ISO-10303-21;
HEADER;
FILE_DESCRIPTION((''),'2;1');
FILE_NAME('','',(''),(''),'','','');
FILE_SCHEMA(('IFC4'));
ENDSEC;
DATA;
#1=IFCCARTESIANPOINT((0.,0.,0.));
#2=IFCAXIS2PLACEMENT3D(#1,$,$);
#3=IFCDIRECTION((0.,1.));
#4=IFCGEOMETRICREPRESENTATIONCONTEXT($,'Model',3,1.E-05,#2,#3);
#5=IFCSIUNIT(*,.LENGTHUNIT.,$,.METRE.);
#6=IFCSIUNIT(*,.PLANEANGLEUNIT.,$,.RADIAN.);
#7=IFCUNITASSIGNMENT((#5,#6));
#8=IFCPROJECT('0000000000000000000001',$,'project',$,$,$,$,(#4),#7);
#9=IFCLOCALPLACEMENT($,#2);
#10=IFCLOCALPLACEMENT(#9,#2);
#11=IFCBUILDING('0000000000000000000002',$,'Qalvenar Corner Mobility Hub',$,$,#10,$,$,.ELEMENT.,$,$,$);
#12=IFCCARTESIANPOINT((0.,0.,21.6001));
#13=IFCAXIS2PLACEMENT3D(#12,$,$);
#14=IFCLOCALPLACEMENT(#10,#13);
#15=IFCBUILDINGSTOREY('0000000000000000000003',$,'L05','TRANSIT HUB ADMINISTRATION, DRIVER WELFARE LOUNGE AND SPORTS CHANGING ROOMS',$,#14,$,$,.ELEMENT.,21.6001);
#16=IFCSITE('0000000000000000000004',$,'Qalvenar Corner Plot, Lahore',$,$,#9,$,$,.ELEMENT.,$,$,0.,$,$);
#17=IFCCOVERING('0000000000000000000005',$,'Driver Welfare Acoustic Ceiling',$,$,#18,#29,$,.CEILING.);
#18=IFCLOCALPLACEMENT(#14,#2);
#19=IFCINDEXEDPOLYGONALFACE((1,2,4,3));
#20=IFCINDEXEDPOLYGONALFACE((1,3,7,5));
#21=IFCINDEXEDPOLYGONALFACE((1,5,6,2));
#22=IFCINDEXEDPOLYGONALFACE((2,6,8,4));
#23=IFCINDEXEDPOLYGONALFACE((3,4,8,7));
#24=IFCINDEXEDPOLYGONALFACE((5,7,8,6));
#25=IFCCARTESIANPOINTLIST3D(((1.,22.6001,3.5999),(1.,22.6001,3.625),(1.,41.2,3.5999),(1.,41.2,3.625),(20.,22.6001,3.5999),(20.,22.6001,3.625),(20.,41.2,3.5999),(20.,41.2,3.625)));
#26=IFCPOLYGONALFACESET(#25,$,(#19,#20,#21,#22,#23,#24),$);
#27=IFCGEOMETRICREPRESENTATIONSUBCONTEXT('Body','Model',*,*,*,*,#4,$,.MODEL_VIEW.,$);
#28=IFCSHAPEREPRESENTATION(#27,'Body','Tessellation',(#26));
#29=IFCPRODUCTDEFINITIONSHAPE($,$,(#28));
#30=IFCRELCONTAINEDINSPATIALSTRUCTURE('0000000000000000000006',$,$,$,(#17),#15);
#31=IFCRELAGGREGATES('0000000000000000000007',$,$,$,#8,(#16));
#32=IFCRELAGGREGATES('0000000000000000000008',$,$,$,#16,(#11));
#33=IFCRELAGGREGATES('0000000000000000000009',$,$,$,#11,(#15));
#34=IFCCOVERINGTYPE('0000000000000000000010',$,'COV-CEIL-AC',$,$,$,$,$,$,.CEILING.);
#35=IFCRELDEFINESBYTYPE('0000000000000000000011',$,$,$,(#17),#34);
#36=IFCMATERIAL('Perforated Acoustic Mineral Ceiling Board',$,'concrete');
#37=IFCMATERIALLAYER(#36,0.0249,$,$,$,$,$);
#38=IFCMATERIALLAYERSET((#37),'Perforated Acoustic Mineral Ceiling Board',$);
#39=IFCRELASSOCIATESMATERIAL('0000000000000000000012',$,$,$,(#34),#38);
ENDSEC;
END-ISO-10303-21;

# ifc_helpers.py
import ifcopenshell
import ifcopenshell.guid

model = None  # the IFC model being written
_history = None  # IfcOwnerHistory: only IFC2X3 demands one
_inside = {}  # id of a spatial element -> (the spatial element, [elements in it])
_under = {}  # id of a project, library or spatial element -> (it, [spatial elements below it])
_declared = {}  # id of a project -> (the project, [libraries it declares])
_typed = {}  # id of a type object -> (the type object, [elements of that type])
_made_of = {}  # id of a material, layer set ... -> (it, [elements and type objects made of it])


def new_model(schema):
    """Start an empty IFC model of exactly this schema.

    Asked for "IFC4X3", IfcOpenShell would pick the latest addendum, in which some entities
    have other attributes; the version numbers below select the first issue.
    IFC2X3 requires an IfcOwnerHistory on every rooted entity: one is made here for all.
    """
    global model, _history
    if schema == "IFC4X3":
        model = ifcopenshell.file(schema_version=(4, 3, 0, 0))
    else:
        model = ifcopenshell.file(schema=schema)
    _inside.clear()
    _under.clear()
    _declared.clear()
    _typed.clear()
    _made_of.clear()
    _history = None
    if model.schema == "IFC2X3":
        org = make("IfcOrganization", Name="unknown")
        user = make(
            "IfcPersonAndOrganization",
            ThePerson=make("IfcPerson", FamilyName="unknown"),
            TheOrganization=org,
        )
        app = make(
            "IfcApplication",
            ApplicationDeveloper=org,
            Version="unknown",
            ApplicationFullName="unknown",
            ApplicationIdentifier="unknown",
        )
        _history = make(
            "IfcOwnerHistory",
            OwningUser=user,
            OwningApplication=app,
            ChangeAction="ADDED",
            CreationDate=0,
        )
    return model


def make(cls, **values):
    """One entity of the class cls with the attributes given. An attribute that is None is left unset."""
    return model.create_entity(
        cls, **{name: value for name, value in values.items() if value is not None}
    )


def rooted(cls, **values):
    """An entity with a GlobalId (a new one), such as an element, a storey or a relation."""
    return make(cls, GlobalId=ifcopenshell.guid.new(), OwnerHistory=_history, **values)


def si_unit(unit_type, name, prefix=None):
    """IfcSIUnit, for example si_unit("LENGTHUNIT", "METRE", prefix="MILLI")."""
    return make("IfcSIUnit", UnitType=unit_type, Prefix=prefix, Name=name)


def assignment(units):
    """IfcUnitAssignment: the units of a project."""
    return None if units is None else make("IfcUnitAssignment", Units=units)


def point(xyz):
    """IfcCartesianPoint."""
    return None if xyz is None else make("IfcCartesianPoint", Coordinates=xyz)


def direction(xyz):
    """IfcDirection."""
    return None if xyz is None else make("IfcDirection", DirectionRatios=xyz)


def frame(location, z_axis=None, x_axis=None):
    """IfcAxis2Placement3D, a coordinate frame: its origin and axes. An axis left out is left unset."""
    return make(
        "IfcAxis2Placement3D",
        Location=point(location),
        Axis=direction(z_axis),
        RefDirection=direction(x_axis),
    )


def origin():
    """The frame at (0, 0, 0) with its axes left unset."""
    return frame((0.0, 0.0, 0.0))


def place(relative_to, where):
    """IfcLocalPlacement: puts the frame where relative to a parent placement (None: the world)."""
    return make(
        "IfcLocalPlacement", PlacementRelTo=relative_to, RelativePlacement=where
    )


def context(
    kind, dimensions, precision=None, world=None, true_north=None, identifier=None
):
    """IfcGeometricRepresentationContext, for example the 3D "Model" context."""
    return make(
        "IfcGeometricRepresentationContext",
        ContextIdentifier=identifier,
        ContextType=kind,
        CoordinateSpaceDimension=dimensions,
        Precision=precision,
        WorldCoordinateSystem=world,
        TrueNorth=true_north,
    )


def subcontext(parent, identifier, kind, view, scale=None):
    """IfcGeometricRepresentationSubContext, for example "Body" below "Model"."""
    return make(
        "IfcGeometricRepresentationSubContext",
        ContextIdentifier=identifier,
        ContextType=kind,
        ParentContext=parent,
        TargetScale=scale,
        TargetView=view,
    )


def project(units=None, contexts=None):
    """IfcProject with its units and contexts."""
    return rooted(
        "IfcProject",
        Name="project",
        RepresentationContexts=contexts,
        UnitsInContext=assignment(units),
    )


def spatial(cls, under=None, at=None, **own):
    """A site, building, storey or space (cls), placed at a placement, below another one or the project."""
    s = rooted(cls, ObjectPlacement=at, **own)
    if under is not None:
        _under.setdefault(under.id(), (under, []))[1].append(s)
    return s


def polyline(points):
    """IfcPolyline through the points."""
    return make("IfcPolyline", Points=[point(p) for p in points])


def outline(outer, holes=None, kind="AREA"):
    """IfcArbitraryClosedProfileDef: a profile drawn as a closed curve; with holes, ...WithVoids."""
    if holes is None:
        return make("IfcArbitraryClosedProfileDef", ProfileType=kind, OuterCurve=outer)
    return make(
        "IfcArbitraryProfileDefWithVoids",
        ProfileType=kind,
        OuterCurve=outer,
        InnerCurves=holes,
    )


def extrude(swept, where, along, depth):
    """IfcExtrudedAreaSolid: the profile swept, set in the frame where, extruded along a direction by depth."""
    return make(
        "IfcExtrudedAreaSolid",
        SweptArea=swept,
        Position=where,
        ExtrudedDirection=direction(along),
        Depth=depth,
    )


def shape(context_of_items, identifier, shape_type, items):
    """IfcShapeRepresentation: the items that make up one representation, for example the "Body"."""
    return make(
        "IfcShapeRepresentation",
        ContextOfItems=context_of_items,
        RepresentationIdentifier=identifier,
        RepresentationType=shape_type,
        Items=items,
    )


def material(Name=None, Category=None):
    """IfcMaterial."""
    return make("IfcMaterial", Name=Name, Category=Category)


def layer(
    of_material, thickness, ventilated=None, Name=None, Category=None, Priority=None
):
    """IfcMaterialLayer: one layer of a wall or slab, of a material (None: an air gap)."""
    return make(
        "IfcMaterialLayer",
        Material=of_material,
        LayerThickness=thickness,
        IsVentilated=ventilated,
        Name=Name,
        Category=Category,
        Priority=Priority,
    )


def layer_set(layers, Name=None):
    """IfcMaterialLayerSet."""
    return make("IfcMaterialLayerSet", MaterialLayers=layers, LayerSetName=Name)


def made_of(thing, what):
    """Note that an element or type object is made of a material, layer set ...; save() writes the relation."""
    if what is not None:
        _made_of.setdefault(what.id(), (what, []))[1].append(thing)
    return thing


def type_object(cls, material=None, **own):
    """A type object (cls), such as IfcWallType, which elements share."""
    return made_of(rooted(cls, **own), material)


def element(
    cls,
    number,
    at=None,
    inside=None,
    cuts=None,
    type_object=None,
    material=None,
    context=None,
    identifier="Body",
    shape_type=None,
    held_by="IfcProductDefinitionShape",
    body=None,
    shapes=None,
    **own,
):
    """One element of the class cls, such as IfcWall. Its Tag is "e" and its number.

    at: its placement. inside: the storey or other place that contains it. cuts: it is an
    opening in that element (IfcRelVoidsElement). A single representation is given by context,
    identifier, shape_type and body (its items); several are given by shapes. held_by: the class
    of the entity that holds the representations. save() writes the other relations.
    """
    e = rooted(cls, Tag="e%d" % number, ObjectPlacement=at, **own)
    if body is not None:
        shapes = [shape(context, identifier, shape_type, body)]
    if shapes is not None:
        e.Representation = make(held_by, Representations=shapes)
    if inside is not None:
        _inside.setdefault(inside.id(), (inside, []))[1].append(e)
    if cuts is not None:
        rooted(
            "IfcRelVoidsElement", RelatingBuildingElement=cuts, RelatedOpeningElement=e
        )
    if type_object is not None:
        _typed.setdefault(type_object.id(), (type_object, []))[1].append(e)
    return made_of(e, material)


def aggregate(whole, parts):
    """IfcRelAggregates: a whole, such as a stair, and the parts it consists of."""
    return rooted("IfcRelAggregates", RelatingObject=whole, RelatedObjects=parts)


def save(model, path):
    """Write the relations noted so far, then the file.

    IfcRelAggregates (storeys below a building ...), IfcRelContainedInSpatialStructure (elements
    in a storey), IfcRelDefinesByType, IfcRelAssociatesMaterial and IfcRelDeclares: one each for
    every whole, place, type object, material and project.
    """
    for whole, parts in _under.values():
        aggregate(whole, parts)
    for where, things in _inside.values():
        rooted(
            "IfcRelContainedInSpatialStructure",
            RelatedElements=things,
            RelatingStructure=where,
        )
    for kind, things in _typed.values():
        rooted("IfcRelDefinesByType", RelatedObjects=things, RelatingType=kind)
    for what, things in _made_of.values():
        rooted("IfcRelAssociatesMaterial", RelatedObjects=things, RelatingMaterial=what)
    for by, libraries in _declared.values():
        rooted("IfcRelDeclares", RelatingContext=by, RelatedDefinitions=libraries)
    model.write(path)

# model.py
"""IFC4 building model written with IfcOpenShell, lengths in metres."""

from ifc_helpers import new_model, si_unit, direction, frame, origin, place, context, subcontext, project, spatial, polyline, outline, extrude, material, layer, layer_set, type_object, element, save


model = new_model("IFC4")

# Units and contexts
model_context = context("Model", 3, precision=1e-05, world=origin(), true_north=direction((0.0, 1.0)))
body_context = subcontext(model_context, "Body", "Model", "MODEL_VIEW")
ifc_project = project(units=[si_unit("LENGTHUNIT", "METRE"), si_unit("PLANEANGLEUNIT", "RADIAN")], contexts=[model_context])

# Site, building, storey
site_placement = place(None, origin())
site = spatial("IfcSite", under=ifc_project, at=site_placement, Name="Qalvenar Corner Plot, Lahore", CompositionType="ELEMENT", RefElevation=0.0)
building_placement = place(site_placement, origin())
building = spatial("IfcBuilding", under=site, at=building_placement, Name="Qalvenar Corner Mobility Hub", CompositionType="ELEMENT")
storey_placement = place(building_placement, frame((0.0, 0.0, 21.6001)))
storey = spatial("IfcBuildingStorey", under=building, at=storey_placement, Name="L05", Description="TRANSIT HUB ADMINISTRATION, DRIVER WELFARE LOUNGE AND SPORTS CHANGING ROOMS", CompositionType="ELEMENT", Elevation=21.6001)

# Covering
ifc_material_1 = material(Name="Perforated Acoustic Mineral Ceiling Board", Category="concrete")
ifc_layer_1 = layer(ifc_material_1, 0.0249)
ifc_layer_set_1 = layer_set([ifc_layer_1], Name="Perforated Acoustic Mineral Ceiling Board")
covering_type = type_object("IfcCoveringType", Name="COV-CEIL-AC", PredefinedType="CEILING", material=ifc_layer_set_1)
covering_placement = place(storey_placement, frame((0.0, 0.0, 3.5999)))
element("IfcCovering", 1, at=covering_placement, inside=storey, type_object=covering_type, Name="Driver Welfare Acoustic Ceiling", PredefinedType="CEILING", context=body_context, shape_type="SweptSolid", body=[
    extrude(outline(polyline([(1.0, 22.6001), (20.0, 22.6001), (20.0, 41.2), (1.0, 41.2), (1.0, 22.6001)])), origin(), (0.0, 0.0, 1.0), 0.0251),
])

save(model, "model.ifc")
